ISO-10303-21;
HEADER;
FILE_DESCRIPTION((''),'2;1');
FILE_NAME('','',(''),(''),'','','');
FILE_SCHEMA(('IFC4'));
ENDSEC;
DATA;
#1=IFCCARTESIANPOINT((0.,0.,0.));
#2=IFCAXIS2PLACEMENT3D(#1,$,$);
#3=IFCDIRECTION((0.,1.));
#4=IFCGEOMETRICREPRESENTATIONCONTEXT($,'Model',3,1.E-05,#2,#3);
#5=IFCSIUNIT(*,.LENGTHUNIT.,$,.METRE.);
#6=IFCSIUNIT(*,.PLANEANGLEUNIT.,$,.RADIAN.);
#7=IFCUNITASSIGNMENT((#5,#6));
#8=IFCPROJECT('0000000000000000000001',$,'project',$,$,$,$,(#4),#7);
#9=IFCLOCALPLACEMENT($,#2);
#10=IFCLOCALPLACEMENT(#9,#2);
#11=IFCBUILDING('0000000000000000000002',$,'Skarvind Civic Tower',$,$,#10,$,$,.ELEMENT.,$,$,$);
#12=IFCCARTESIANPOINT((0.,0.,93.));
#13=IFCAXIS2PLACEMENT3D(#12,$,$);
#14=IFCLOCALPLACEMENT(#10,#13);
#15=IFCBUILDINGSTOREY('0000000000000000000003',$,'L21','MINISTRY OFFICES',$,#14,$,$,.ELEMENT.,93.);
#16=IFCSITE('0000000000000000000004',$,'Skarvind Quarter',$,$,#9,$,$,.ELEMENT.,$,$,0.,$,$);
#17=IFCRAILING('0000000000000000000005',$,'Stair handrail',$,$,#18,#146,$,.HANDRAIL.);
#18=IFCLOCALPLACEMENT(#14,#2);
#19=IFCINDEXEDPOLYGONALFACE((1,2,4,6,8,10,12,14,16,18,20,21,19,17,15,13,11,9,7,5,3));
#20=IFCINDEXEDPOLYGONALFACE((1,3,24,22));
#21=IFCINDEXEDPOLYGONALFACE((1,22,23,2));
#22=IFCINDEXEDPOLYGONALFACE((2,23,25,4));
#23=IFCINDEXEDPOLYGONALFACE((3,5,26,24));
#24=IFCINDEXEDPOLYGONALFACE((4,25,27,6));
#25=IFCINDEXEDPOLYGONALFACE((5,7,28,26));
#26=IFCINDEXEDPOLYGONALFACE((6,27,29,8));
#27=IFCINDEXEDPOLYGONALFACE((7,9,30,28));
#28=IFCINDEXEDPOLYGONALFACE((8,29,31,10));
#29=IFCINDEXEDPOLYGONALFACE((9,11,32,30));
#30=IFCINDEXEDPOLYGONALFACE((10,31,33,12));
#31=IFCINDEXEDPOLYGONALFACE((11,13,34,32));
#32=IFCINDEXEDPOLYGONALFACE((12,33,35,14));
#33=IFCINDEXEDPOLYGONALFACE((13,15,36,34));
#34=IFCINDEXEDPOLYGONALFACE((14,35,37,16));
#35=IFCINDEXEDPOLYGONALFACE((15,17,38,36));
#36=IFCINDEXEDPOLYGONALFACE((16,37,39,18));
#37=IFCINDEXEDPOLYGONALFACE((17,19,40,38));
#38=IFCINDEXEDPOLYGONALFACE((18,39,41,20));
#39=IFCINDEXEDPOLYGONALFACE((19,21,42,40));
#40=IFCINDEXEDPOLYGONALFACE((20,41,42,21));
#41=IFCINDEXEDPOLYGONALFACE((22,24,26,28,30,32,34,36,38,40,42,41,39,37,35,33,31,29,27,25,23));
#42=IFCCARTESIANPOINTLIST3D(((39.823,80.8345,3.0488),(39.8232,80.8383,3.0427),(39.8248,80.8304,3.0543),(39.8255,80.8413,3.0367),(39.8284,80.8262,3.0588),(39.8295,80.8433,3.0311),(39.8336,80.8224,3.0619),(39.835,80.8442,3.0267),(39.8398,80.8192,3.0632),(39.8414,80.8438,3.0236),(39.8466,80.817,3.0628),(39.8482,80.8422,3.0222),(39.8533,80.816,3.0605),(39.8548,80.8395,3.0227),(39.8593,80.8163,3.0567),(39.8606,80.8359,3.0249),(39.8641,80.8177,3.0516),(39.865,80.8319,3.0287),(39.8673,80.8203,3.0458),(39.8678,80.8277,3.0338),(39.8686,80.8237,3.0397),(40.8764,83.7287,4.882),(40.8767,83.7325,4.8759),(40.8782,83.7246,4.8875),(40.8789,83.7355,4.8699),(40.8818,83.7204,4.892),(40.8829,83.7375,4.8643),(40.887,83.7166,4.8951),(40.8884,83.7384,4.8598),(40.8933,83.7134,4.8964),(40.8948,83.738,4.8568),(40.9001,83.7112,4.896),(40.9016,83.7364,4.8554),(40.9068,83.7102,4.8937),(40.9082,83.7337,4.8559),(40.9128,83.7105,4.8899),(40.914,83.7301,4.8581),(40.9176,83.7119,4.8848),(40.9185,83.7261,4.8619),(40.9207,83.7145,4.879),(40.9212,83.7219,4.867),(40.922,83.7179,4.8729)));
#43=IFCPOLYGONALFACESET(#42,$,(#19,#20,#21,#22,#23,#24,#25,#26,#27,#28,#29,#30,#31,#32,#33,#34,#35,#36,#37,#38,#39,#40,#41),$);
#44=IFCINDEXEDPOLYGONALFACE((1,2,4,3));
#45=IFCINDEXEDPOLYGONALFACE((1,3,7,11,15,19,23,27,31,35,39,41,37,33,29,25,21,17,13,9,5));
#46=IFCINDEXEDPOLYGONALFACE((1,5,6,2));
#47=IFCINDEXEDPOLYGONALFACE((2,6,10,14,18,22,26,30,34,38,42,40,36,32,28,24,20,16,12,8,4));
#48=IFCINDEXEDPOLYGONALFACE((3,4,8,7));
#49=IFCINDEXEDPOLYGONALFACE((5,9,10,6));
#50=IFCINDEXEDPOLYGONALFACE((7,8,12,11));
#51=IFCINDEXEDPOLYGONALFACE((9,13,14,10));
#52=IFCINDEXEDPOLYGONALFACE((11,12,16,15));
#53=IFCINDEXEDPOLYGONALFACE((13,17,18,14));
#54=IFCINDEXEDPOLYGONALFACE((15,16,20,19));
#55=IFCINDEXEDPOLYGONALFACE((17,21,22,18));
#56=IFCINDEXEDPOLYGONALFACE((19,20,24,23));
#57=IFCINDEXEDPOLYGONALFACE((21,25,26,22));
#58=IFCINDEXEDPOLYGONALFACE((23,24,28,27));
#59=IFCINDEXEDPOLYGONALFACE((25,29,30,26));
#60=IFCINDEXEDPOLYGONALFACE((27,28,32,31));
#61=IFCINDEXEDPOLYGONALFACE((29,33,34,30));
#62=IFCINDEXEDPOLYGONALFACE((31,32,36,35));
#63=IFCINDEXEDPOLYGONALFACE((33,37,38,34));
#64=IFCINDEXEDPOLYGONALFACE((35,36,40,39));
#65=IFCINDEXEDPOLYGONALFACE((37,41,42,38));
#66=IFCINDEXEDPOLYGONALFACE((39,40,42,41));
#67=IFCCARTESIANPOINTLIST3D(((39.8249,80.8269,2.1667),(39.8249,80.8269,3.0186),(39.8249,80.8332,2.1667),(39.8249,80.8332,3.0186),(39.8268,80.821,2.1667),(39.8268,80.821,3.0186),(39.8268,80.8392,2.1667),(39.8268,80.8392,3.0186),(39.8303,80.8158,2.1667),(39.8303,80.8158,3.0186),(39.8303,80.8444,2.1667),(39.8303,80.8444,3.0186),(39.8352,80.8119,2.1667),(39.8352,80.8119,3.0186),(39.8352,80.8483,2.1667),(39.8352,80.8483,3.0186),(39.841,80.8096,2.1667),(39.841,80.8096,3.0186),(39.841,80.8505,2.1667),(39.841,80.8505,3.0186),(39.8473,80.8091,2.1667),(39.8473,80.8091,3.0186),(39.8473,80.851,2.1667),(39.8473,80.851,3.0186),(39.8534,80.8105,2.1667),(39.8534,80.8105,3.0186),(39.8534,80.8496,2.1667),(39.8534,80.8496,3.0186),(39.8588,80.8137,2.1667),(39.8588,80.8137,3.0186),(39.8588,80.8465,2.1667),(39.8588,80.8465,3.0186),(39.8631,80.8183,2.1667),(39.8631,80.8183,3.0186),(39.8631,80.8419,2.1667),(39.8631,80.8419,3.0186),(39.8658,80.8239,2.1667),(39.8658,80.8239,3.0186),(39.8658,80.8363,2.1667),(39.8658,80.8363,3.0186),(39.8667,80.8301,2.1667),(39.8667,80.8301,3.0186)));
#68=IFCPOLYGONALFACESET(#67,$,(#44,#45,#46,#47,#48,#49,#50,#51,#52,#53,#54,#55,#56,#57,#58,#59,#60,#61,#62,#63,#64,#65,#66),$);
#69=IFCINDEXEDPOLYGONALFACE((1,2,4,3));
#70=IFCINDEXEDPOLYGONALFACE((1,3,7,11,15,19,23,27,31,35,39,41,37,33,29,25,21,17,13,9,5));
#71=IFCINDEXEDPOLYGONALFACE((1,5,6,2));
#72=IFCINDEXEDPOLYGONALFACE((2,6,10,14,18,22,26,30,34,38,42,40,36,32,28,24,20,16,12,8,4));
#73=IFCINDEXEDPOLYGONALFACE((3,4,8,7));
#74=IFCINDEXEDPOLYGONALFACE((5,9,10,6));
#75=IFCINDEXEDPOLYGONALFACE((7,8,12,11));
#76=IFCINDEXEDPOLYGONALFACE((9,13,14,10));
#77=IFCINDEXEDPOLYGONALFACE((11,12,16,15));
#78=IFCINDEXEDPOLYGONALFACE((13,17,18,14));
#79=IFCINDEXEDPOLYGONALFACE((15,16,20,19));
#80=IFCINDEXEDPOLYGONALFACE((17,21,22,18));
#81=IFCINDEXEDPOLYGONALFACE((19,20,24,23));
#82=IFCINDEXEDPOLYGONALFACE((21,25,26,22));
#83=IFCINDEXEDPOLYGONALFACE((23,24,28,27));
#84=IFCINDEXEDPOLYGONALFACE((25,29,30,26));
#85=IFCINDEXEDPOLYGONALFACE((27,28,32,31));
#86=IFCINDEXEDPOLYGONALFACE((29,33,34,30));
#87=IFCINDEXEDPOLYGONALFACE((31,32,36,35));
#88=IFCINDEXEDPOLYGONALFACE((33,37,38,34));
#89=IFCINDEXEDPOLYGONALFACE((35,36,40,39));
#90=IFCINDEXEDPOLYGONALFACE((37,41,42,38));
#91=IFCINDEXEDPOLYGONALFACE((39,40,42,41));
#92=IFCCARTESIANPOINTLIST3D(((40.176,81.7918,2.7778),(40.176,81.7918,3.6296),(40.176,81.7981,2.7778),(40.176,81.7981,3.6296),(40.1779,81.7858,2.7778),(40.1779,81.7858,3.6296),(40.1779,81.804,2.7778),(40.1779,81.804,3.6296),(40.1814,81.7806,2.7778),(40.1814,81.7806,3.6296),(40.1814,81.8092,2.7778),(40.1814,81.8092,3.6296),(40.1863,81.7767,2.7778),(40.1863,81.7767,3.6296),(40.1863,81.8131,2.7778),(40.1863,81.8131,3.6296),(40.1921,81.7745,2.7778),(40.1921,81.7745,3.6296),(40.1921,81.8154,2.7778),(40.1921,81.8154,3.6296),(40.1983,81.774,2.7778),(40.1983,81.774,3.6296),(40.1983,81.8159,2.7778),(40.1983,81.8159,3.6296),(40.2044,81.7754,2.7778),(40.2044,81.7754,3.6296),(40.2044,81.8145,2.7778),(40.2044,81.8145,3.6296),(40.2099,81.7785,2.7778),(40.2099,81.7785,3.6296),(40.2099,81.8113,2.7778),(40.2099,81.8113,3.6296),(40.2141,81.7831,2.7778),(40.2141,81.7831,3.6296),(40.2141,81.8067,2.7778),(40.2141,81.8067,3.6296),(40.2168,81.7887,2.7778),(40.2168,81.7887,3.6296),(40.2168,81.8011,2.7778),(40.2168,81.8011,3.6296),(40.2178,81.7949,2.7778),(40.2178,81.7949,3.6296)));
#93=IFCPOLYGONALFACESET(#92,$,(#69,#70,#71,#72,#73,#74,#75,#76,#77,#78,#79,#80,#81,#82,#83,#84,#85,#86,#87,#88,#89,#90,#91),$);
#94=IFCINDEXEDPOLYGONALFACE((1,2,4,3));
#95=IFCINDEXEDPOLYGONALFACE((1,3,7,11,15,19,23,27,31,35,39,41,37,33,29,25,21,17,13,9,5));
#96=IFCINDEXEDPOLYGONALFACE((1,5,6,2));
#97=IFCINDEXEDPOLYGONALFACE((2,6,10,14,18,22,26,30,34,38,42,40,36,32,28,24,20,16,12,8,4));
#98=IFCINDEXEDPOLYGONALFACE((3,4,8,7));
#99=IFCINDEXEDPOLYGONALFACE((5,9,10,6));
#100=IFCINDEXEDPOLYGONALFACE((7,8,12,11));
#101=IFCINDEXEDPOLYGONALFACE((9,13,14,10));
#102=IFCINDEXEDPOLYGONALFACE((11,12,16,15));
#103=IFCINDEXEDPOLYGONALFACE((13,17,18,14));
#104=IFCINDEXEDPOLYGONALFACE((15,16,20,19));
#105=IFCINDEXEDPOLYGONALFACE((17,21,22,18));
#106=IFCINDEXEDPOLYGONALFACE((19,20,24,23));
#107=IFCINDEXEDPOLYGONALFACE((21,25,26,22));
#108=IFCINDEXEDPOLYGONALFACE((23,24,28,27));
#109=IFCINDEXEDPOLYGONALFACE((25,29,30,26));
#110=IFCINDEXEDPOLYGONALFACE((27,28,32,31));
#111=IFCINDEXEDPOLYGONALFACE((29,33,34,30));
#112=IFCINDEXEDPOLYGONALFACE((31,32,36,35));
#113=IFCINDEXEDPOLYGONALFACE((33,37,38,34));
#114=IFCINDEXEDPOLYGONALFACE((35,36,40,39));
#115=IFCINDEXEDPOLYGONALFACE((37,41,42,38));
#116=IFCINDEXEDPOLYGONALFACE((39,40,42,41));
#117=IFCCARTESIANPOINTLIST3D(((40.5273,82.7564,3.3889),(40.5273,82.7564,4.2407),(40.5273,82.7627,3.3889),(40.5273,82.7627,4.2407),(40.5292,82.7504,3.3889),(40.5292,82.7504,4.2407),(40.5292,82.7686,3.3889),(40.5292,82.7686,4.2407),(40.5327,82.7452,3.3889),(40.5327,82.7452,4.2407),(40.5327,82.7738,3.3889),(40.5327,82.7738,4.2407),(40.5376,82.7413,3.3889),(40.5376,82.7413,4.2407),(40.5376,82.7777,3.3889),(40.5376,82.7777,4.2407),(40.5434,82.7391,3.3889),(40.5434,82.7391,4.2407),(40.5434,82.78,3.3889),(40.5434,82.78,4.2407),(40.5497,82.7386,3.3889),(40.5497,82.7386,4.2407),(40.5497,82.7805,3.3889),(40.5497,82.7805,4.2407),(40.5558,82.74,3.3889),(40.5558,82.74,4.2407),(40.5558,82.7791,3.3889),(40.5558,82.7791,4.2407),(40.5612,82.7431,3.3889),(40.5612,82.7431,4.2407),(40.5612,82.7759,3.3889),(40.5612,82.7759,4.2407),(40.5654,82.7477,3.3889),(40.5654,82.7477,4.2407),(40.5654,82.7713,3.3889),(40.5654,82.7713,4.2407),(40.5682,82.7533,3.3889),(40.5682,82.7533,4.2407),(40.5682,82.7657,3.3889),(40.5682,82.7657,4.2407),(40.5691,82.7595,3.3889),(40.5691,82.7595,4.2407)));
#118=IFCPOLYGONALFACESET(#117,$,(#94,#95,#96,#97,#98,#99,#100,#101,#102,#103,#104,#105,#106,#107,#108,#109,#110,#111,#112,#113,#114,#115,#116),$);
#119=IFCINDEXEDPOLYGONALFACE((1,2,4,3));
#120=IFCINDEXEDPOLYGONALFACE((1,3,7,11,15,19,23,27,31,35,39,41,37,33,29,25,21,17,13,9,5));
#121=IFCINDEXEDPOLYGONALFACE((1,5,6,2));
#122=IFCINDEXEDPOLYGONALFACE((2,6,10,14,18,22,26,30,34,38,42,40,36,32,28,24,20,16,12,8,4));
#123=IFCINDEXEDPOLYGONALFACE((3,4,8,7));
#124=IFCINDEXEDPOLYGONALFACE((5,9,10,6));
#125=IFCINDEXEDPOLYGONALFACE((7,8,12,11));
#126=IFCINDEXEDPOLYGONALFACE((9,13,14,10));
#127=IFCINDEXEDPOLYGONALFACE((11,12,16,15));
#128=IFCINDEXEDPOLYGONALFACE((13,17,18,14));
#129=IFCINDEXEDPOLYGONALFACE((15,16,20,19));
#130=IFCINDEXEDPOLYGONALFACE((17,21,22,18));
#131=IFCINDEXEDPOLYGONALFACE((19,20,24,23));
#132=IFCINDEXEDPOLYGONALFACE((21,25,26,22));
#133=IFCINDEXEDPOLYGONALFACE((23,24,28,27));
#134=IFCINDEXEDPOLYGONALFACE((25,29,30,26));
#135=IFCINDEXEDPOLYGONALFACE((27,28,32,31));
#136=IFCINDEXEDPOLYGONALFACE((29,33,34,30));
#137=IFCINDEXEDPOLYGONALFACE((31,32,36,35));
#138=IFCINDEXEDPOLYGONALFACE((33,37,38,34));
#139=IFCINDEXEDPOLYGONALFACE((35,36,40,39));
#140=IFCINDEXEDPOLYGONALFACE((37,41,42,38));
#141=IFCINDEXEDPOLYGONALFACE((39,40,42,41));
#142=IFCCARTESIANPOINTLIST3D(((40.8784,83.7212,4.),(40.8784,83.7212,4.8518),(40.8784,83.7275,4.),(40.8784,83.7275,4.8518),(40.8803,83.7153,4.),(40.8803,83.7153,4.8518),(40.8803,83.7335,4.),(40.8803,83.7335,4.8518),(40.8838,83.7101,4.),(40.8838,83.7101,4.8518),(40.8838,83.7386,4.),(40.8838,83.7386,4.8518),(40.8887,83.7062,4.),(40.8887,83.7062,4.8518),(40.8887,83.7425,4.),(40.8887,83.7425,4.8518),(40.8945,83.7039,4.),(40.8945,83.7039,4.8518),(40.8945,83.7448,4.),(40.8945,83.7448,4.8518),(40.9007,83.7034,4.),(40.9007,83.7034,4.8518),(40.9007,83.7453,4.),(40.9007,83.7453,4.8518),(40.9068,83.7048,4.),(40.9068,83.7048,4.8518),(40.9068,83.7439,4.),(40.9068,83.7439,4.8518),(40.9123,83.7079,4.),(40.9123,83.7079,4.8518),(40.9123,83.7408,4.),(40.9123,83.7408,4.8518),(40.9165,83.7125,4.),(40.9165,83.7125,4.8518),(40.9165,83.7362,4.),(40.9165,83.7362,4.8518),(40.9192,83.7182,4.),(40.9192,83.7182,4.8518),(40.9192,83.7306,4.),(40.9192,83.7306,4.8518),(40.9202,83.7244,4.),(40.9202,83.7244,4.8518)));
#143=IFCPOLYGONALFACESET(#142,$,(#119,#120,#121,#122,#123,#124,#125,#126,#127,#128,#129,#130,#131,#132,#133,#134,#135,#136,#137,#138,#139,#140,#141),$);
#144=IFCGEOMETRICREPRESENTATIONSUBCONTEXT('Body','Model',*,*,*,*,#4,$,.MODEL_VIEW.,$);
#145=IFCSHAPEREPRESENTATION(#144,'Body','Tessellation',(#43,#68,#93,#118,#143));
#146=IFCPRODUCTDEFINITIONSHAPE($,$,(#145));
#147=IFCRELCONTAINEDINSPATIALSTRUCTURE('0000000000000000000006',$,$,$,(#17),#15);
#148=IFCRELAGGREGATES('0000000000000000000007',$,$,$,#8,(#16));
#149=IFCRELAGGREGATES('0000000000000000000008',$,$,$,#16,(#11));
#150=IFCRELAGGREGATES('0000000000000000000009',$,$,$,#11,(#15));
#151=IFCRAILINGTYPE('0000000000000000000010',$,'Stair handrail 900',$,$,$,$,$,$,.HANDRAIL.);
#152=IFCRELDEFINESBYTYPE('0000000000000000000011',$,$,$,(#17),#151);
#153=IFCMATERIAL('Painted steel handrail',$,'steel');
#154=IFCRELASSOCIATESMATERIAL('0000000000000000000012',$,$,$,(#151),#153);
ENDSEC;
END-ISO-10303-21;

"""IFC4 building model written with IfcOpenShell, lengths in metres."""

from ifc_helpers import new_model, si_unit, direction, frame, origin, origin_2d, place, context, subcontext, project, spatial, circle, extrude, material, type_object, element, save


model = new_model("IFC4")

# Units and contexts
model_context = context("Model", 3, precision=1e-05, world=origin(), true_north=direction((0.0, 1.0)))
body_context = subcontext(model_context, "Body", "Model", "MODEL_VIEW")
ifc_project = project(units=[si_unit("LENGTHUNIT", "METRE"), si_unit("PLANEANGLEUNIT", "RADIAN")], contexts=[model_context])

# Site, building, storey
site_placement = place(None, origin())
site = spatial("IfcSite", under=ifc_project, at=site_placement, Name="Skarvind Quarter", CompositionType="ELEMENT", RefElevation=0.0)
building_placement = place(site_placement, origin())
building = spatial("IfcBuilding", under=site, at=building_placement, Name="Skarvind Civic Tower", CompositionType="ELEMENT")
storey_placement = place(building_placement, frame((0.0, 0.0, 93.0)))
storey = spatial("IfcBuildingStorey", under=building, at=storey_placement, Name="L21", Description="MINISTRY OFFICES", CompositionType="ELEMENT", Elevation=93.0)

# Railing
ifc_material_1 = material(Name="Painted steel handrail", Category="steel")
railing_type = type_object("IfcRailingType", Name="Stair handrail 900", PredefinedType="HANDRAIL", material=ifc_material_1)
railing_1_placement = place(storey_placement, frame((39.8457, 80.8301, 2.1667)))
element("IfcRailing", 1, at=railing_1_placement, inside=storey, type_object=railing_type, Name="Stair handrail", PredefinedType="HANDRAIL", context=body_context, shape_type="SweptSolid", body=[
    extrude(circle(Radius=0.0239, at=origin_2d()), frame((0.0, 0.0, 0.876), z_axis=(0.293908, 0.807481, 0.511461), x_axis=(-0.939689, 0.342029, 0.0)), (0.0, 0.0, 1.0), 3.5842),
    extrude(circle(Radius=0.021, at=origin_2d()), origin(), (0.0, 0.0, 1.0), 0.8518),
    extrude(circle(Radius=0.021, at=origin_2d()), frame((0.3511, 0.9648, 0.6111)), (0.0, 0.0, 1.0), 0.8518),
    extrude(circle(Radius=0.021, at=origin_2d()), frame((0.7024, 1.9294, 1.2222)), (0.0, 0.0, 1.0), 0.8518),
    extrude(circle(Radius=0.021, at=origin_2d()), frame((1.0535, 2.8943, 1.8333)), (0.0, 0.0, 1.0), 0.8518),
])

save(model, "model.ifc")
